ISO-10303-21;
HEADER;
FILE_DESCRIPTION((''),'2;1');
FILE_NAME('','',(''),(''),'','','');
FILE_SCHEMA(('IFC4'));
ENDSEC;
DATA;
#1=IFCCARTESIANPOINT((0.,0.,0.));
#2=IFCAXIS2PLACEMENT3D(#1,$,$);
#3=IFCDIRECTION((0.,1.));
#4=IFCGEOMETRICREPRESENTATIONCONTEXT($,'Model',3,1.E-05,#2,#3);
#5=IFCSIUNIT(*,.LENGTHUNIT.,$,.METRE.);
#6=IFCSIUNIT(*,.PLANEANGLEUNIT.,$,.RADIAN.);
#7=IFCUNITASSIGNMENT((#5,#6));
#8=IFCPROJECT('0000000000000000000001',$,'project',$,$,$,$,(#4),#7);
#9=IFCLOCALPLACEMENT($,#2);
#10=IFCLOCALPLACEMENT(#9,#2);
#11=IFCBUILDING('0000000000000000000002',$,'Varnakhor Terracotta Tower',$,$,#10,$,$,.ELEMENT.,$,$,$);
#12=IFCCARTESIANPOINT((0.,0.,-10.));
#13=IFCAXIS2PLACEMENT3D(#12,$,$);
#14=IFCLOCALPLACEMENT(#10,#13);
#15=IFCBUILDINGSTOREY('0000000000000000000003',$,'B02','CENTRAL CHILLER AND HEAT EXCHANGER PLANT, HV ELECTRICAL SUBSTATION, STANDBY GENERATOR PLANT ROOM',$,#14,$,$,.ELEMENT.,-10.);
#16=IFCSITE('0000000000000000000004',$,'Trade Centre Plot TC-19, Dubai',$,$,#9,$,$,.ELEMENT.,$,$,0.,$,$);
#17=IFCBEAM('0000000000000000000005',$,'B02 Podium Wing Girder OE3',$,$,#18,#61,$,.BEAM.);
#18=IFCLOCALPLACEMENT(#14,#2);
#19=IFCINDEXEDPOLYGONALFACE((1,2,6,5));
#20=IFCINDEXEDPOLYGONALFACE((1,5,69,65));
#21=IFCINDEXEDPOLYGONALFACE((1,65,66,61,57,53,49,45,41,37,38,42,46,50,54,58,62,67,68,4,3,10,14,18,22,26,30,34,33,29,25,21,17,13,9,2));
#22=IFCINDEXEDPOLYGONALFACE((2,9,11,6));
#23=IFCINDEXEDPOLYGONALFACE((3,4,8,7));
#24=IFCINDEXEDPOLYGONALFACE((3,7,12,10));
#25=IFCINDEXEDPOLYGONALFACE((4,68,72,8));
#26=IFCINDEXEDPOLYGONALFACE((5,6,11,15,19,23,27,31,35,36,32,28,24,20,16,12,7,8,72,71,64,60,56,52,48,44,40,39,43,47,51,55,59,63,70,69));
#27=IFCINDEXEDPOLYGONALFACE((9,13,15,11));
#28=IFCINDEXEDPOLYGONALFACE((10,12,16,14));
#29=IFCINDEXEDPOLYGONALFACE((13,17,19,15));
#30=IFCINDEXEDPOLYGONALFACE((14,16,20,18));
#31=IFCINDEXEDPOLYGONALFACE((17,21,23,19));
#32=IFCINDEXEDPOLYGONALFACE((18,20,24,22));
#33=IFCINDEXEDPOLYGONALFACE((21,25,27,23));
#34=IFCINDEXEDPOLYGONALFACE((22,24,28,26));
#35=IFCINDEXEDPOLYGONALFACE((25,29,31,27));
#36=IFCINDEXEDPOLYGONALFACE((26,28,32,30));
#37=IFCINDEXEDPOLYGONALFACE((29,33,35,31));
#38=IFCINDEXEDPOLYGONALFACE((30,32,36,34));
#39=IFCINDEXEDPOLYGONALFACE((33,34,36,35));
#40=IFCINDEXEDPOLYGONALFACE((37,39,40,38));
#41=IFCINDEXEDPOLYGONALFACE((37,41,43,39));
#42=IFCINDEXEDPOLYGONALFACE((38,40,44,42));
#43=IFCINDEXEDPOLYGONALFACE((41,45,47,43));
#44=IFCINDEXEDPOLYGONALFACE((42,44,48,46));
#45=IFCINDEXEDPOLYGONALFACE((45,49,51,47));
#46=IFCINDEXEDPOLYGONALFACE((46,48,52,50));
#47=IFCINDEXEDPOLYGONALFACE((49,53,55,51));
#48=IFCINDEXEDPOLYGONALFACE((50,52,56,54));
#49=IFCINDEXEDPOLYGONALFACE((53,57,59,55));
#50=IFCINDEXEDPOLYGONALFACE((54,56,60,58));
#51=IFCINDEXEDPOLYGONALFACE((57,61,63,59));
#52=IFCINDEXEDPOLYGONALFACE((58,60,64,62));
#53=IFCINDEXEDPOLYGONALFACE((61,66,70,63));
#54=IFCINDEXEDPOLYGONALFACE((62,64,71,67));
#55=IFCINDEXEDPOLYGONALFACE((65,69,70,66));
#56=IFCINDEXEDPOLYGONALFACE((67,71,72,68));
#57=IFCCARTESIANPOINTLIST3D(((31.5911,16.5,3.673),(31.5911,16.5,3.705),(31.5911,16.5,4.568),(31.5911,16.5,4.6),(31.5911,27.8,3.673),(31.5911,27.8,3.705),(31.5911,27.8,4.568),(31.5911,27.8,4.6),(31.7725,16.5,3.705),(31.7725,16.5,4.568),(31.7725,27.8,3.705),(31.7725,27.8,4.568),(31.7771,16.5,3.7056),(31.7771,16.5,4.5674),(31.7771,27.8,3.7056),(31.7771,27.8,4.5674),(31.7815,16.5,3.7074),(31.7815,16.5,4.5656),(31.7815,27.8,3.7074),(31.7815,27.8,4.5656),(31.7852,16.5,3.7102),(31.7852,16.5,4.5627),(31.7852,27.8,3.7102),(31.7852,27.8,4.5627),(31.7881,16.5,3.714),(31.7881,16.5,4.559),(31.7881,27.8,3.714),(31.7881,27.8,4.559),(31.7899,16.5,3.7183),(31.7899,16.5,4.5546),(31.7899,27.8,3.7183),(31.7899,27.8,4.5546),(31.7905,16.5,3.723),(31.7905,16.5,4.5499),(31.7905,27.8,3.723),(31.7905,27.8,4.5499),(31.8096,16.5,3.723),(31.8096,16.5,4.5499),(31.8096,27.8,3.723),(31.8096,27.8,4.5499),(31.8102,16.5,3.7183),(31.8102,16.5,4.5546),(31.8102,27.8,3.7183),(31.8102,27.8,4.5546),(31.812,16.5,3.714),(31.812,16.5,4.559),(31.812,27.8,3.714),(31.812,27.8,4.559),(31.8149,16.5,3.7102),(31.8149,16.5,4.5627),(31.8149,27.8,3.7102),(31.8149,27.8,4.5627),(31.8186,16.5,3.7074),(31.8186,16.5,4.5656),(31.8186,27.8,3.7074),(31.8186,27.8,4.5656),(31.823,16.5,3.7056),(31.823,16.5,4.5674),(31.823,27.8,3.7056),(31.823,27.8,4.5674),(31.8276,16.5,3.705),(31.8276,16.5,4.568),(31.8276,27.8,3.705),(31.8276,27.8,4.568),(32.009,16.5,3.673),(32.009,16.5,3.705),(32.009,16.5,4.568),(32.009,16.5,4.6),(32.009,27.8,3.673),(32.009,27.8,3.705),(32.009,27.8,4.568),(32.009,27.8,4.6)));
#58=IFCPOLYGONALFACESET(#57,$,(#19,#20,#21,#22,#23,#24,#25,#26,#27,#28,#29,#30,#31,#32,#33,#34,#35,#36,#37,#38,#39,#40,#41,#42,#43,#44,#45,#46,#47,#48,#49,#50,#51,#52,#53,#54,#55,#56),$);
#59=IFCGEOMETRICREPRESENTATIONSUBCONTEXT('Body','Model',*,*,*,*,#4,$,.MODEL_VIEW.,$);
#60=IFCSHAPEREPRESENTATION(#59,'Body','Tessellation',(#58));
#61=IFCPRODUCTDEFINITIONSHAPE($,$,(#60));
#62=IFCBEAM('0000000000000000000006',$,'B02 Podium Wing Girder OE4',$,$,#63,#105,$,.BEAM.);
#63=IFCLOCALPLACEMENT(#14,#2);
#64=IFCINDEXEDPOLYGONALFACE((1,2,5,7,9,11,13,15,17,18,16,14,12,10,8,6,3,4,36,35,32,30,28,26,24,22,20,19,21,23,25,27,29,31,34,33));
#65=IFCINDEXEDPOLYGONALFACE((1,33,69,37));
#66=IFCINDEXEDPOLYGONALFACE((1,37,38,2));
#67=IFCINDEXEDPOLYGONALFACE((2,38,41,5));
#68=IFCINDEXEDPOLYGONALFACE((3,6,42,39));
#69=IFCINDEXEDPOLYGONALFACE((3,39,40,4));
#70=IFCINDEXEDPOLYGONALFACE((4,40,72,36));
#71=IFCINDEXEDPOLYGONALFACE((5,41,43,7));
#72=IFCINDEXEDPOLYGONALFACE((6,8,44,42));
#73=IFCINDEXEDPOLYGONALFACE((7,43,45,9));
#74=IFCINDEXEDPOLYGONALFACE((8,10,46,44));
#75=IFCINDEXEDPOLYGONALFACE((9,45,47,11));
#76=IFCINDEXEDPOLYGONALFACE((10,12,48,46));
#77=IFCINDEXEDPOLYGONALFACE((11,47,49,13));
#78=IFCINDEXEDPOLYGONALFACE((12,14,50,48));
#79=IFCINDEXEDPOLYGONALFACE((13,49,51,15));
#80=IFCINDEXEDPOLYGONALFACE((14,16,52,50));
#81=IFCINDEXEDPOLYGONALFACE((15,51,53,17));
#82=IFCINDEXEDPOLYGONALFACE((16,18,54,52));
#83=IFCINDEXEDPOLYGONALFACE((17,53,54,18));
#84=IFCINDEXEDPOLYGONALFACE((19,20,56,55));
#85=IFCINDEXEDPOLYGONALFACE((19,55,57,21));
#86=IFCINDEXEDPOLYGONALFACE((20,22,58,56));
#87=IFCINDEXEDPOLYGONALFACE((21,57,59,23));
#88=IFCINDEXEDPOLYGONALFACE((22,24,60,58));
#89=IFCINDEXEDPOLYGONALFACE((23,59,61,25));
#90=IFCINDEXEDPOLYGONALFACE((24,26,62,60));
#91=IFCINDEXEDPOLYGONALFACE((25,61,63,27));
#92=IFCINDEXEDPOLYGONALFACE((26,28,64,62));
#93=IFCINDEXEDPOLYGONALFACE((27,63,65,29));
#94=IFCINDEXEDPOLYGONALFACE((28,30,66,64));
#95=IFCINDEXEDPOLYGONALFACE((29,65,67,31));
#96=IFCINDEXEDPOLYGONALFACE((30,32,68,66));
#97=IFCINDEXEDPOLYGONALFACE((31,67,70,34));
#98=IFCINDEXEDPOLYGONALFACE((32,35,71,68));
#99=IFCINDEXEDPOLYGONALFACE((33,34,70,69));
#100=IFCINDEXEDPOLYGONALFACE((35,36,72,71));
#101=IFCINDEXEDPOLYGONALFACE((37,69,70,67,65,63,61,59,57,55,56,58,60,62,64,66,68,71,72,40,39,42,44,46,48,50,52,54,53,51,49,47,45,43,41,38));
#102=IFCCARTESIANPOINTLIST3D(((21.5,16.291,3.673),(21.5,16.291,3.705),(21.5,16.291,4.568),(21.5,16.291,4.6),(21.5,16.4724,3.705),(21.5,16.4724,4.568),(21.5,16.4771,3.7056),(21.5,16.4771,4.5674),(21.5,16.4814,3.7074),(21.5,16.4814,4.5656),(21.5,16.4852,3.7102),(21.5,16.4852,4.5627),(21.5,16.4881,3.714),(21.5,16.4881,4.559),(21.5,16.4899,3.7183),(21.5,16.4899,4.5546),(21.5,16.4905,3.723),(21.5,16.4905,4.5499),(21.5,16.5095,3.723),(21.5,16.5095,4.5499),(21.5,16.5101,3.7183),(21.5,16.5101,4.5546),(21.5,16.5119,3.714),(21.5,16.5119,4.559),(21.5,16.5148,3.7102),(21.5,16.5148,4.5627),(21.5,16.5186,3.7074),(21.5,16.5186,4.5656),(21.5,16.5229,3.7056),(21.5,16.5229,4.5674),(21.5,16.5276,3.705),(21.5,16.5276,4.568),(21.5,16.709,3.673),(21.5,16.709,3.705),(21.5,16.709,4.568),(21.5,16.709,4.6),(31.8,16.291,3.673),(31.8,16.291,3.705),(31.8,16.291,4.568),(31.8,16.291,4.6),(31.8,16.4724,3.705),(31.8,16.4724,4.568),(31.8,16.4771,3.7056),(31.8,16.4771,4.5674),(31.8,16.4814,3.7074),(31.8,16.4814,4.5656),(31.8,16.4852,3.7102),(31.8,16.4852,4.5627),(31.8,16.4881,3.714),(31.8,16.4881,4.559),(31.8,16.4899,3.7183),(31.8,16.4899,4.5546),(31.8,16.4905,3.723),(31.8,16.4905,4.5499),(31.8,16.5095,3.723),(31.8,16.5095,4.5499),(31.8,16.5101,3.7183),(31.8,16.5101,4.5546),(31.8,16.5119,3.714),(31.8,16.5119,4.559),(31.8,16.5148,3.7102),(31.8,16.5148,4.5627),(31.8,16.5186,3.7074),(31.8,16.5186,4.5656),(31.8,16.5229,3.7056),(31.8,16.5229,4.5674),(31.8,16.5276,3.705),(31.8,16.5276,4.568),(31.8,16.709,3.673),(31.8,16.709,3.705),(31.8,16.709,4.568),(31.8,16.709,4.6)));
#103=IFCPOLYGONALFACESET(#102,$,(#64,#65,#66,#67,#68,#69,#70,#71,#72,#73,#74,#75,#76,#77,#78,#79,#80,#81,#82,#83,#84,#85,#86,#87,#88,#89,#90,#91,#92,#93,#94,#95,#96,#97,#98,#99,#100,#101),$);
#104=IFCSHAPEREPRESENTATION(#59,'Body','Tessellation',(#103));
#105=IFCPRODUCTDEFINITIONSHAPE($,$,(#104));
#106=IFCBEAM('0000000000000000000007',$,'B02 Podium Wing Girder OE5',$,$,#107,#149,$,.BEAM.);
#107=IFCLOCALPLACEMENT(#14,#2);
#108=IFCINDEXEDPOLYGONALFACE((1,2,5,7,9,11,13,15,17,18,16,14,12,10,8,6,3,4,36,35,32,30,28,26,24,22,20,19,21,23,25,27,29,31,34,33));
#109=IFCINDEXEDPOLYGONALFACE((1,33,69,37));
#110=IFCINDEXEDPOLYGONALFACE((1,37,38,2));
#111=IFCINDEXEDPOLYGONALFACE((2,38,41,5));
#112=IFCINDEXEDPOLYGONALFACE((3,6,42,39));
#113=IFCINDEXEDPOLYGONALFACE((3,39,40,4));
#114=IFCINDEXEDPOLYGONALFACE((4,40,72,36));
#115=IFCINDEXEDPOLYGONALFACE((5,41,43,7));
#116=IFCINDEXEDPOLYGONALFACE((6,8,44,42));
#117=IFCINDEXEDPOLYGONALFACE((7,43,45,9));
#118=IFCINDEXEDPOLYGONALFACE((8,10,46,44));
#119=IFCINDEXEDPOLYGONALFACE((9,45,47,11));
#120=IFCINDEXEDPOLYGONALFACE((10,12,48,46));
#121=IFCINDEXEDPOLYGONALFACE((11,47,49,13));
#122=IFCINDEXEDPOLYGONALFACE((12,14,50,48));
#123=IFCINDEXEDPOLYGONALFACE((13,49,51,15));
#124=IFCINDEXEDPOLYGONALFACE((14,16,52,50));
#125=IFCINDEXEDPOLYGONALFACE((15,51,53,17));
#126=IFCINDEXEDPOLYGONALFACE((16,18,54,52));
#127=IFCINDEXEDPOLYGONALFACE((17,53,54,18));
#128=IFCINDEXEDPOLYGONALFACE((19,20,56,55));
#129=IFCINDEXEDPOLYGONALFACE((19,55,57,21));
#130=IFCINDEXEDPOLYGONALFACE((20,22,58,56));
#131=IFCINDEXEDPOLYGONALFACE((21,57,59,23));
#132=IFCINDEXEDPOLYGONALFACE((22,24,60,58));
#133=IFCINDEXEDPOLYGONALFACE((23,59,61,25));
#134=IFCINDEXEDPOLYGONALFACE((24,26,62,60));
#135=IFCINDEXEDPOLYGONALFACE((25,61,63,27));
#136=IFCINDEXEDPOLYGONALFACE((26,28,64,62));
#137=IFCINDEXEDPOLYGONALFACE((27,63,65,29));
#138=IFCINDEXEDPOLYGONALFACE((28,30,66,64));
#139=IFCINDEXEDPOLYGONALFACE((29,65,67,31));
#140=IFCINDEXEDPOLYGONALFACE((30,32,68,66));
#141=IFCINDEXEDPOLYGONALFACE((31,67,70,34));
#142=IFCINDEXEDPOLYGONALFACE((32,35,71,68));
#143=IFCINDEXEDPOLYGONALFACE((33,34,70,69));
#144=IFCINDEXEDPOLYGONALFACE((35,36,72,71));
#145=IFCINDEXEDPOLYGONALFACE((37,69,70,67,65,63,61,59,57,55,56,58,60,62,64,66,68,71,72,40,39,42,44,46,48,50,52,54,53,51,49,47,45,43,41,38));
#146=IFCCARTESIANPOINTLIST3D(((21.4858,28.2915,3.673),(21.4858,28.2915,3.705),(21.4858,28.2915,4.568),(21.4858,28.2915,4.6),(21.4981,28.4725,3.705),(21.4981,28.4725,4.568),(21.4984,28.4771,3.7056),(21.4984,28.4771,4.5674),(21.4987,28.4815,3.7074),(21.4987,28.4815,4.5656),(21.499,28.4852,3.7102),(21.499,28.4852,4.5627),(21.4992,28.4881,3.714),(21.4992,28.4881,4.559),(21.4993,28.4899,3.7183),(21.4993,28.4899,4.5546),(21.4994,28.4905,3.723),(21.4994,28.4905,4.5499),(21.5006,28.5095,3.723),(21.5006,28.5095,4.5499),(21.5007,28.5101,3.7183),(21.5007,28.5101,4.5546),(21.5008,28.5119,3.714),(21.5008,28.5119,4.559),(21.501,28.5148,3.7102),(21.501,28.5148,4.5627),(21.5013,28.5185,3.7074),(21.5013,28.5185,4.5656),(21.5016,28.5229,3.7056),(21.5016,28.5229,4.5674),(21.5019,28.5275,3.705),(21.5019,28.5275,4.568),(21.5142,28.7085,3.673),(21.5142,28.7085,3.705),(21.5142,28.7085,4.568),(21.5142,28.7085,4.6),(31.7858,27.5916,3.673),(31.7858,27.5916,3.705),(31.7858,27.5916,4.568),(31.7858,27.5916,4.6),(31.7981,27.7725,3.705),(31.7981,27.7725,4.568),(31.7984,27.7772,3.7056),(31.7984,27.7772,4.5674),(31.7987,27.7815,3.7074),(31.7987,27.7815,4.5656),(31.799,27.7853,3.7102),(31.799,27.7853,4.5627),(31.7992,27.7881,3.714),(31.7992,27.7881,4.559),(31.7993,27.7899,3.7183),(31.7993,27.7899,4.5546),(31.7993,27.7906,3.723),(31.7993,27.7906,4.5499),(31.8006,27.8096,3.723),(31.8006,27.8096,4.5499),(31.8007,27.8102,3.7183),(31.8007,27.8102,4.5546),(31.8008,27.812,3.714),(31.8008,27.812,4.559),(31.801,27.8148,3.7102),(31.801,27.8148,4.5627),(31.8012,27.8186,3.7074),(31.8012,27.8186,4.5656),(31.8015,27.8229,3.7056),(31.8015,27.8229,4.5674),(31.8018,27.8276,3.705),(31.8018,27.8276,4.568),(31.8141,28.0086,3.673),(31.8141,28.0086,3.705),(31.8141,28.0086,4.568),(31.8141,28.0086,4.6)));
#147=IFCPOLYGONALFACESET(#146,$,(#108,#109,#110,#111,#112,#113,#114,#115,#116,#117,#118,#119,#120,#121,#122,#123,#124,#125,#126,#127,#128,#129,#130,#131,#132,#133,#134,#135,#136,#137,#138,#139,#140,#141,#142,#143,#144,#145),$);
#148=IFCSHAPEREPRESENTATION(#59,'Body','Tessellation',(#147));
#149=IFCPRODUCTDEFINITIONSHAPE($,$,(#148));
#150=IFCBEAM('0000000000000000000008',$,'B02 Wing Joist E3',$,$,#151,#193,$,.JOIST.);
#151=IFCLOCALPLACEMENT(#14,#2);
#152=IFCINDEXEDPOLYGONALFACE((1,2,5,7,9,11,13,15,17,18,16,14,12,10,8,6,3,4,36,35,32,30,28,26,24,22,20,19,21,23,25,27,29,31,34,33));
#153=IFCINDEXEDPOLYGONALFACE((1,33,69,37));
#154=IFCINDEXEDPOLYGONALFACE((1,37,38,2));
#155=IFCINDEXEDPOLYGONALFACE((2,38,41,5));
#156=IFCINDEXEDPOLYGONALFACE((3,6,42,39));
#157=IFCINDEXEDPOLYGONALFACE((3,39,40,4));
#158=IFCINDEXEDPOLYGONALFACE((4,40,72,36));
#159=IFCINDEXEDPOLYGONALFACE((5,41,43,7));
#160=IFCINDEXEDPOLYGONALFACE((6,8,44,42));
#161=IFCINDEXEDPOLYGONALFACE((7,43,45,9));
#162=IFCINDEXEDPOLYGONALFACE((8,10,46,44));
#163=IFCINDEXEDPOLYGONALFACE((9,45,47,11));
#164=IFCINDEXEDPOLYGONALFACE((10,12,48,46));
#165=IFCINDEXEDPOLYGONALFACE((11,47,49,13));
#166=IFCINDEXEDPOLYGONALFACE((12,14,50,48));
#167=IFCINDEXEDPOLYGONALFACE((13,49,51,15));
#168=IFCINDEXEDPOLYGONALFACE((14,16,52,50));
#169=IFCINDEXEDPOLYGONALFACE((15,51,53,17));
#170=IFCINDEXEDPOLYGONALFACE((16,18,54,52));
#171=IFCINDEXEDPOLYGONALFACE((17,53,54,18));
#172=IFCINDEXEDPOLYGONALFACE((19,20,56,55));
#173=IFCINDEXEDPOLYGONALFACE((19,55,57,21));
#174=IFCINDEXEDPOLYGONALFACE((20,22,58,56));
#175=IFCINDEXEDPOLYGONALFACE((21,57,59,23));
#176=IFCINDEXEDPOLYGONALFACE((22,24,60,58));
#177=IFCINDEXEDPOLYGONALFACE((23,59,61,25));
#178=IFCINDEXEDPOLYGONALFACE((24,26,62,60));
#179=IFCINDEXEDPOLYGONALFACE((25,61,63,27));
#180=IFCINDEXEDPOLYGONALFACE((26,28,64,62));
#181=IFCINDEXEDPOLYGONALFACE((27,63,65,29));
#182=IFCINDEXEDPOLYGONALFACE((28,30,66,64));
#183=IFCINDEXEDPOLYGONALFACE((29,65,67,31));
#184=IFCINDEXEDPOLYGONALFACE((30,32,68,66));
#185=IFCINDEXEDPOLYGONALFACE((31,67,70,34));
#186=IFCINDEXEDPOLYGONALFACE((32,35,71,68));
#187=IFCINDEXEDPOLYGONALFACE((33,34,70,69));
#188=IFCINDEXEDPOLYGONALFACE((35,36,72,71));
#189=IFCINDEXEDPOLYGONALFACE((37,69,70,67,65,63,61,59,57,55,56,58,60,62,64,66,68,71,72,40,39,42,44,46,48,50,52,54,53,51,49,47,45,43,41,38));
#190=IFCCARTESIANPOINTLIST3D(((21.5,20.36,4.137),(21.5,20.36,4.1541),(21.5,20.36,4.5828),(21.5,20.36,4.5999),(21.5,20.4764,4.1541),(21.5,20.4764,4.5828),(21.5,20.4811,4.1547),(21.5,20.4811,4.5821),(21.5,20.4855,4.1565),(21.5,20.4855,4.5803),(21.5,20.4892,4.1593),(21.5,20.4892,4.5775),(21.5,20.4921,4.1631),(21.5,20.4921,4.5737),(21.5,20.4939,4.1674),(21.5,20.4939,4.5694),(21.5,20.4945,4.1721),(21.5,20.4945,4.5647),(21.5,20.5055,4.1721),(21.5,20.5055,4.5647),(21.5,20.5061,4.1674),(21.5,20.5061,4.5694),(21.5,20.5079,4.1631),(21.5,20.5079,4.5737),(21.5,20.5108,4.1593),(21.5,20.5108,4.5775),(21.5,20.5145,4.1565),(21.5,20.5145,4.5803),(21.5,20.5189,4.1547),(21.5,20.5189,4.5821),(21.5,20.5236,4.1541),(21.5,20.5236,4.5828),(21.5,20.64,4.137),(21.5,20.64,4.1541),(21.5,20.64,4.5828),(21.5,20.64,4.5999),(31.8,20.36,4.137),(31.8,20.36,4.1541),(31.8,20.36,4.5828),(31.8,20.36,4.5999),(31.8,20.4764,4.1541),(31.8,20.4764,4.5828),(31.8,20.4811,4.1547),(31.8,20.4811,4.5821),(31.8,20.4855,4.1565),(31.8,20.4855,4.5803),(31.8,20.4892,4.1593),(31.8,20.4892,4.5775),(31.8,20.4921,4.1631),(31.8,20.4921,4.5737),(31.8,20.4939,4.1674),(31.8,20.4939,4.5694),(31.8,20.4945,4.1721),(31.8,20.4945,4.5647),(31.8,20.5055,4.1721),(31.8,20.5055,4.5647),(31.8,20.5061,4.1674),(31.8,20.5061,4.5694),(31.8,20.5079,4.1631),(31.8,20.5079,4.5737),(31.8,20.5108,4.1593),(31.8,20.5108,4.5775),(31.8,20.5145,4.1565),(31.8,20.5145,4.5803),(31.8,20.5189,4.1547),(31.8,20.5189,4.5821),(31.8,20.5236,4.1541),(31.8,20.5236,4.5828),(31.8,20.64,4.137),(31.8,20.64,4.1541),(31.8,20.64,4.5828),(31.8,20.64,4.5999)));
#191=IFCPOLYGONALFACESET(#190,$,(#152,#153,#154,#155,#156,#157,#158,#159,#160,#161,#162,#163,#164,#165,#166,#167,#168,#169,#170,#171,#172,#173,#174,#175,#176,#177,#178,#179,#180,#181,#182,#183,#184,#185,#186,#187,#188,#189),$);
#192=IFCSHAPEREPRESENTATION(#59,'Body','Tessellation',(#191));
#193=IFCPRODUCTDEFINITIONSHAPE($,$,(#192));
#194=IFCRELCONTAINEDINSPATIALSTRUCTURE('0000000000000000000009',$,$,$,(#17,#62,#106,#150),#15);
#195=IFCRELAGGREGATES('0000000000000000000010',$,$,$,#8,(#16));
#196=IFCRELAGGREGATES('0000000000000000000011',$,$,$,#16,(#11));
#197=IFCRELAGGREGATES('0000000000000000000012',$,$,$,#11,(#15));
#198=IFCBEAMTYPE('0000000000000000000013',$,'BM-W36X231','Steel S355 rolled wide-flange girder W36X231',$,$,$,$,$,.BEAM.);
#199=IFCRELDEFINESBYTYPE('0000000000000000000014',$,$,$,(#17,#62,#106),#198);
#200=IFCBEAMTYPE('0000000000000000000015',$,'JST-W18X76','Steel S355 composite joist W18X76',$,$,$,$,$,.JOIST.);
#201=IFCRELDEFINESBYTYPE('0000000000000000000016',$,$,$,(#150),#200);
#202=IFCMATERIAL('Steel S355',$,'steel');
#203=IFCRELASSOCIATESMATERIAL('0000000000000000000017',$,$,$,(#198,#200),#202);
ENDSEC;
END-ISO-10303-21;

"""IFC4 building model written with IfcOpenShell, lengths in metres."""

from ifc_helpers import new_model, si_unit, direction, frame, origin, origin_2d, place, context, subcontext, project, spatial, i_section, extrude, source, transform, mapped, material, material_profile, profile_set, type_object, element, save


model = new_model("IFC4")

# Units and contexts
model_context = context("Model", 3, precision=1e-05, world=origin(), true_north=direction((0.0, 1.0)))
body_context = subcontext(model_context, "Body", "Model", "MODEL_VIEW")
ifc_project = project(units=[si_unit("LENGTHUNIT", "METRE"), si_unit("PLANEANGLEUNIT", "RADIAN")], contexts=[model_context])

# Site, building, storey
site_placement = place(None, origin())
site = spatial("IfcSite", under=ifc_project, at=site_placement, Name="Trade Centre Plot TC-19, Dubai", CompositionType="ELEMENT", RefElevation=0.0)
building_placement = place(site_placement, origin())
building = spatial("IfcBuilding", under=site, at=building_placement, Name="Varnakhor Terracotta Tower", CompositionType="ELEMENT")
storey_placement = place(building_placement, frame((0.0, 0.0, -10.0)))
storey = spatial("IfcBuildingStorey", under=building, at=storey_placement, Name="B02", Description="CENTRAL CHILLER AND HEAT EXCHANGER PLANT, HV ELECTRICAL SUBSTATION, STANDBY GENERATOR PLANT ROOM", CompositionType="ELEMENT", Elevation=-10.0)

# Beams
ifc_material_1 = material(Name="Steel S355", Category="steel")
ifc_material_profile_1 = material_profile(ifc_material_1, i_section(OverallWidth=0.418, OverallDepth=0.927, WebThickness=0.019, FlangeThickness=0.032, FilletRadius=0.0181, at=origin_2d()), Name="W36X231")
ifc_profile_set_1 = profile_set([ifc_material_profile_1], Name="Steel S355")
beam_type_1 = type_object("IfcBeamType", Name="BM-W36X231", Description="Steel S355 rolled wide-flange girder W36X231", PredefinedType="BEAM", material=ifc_profile_set_1)
shared_shape_1 = source(origin(), body_context, "Body", "SweptSolid", [
    extrude(i_section(OverallWidth=0.418, OverallDepth=0.927, WebThickness=0.019, FlangeThickness=0.032, FilletRadius=0.0181, at=origin_2d()), origin(), (0.0, 0.0, 1.0), 11.3),
])
beam_1_placement = place(storey_placement, frame((31.8, 16.5, 4.1365), z_axis=(0.0, 1.0, 0.0), x_axis=(-1.0, 0.0, 0.0)))
element("IfcBeam", 1, at=beam_1_placement, inside=storey, type_object=beam_type_1, Name="B02 Podium Wing Girder OE3", PredefinedType="BEAM", context=body_context, shape_type="MappedRepresentation", body=[
    mapped(shared_shape_1, transform((0.0, 0.0, 0.0), scale=1.0)),
])
shared_shape_2 = source(origin(), body_context, "Body", "SweptSolid", [
    extrude(i_section(OverallWidth=0.418, OverallDepth=0.927, WebThickness=0.019, FlangeThickness=0.032, FilletRadius=0.0181, at=origin_2d()), origin(), (0.0, 0.0, 1.0), 10.3),
])
beam_2_placement = place(storey_placement, frame((21.5, 16.5, 4.1365), z_axis=(1.0, 0.0, 0.0), x_axis=(0.0, 1.0, 0.0)))
element("IfcBeam", 2, at=beam_2_placement, inside=storey, type_object=beam_type_1, Name="B02 Podium Wing Girder OE4", PredefinedType="BEAM", context=body_context, shape_type="MappedRepresentation", body=[
    mapped(shared_shape_2, transform((0.0, 0.0, 0.0), scale=1.0)),
])
shared_shape_3 = source(origin(), body_context, "Body", "SweptSolid", [
    extrude(i_section(OverallWidth=0.418, OverallDepth=0.927, WebThickness=0.019, FlangeThickness=0.032, FilletRadius=0.0181, at=origin_2d()), origin(), (0.0, 0.0, 1.0), 10.3237),
])
beam_3_placement = place(storey_placement, frame((21.5, 28.5, 4.1365), z_axis=(0.997699, -0.0678, 0.0), x_axis=(0.0678, 0.997699, 0.0)))
element("IfcBeam", 3, at=beam_3_placement, inside=storey, type_object=beam_type_1, Name="B02 Podium Wing Girder OE5", PredefinedType="BEAM", context=body_context, shape_type="MappedRepresentation", body=[
    mapped(shared_shape_3, transform((0.0, 0.0, 0.0), scale=1.0)),
])
ifc_material_profile_2 = material_profile(ifc_material_1, i_section(OverallWidth=0.28, OverallDepth=0.4629, WebThickness=0.011, FlangeThickness=0.0171, FilletRadius=0.0181, at=origin_2d()), Name="W18X76")
ifc_profile_set_2 = profile_set([ifc_material_profile_2], Name="Steel S355")
beam_type_2 = type_object("IfcBeamType", Name="JST-W18X76", Description="Steel S355 composite joist W18X76", PredefinedType="JOIST", material=ifc_profile_set_2)
shared_shape_4 = source(origin(), body_context, "Body", "SweptSolid", [
    extrude(i_section(OverallWidth=0.28, OverallDepth=0.4629, WebThickness=0.011, FlangeThickness=0.0171, FilletRadius=0.0181, at=origin_2d()), origin(), (0.0, 0.0, 1.0), 10.3),
])
for number, where, z_axis, x_axis, name in (
    (4, (21.5, 20.5, 4.3684), (1.0, 0.0, 0.0), (0.0, 1.0, 0.0), "B02 Wing Joist E3"),
):
    element("IfcBeam", number, at=place(storey_placement, frame(where, z_axis=z_axis, x_axis=x_axis)), inside=storey, type_object=beam_type_2, Name=name, PredefinedType="JOIST", context=body_context, shape_type="MappedRepresentation", body=[
        mapped(shared_shape_4, transform((0.0, 0.0, 0.0), scale=1.0)),
    ])

save(model, "model.ifc")
